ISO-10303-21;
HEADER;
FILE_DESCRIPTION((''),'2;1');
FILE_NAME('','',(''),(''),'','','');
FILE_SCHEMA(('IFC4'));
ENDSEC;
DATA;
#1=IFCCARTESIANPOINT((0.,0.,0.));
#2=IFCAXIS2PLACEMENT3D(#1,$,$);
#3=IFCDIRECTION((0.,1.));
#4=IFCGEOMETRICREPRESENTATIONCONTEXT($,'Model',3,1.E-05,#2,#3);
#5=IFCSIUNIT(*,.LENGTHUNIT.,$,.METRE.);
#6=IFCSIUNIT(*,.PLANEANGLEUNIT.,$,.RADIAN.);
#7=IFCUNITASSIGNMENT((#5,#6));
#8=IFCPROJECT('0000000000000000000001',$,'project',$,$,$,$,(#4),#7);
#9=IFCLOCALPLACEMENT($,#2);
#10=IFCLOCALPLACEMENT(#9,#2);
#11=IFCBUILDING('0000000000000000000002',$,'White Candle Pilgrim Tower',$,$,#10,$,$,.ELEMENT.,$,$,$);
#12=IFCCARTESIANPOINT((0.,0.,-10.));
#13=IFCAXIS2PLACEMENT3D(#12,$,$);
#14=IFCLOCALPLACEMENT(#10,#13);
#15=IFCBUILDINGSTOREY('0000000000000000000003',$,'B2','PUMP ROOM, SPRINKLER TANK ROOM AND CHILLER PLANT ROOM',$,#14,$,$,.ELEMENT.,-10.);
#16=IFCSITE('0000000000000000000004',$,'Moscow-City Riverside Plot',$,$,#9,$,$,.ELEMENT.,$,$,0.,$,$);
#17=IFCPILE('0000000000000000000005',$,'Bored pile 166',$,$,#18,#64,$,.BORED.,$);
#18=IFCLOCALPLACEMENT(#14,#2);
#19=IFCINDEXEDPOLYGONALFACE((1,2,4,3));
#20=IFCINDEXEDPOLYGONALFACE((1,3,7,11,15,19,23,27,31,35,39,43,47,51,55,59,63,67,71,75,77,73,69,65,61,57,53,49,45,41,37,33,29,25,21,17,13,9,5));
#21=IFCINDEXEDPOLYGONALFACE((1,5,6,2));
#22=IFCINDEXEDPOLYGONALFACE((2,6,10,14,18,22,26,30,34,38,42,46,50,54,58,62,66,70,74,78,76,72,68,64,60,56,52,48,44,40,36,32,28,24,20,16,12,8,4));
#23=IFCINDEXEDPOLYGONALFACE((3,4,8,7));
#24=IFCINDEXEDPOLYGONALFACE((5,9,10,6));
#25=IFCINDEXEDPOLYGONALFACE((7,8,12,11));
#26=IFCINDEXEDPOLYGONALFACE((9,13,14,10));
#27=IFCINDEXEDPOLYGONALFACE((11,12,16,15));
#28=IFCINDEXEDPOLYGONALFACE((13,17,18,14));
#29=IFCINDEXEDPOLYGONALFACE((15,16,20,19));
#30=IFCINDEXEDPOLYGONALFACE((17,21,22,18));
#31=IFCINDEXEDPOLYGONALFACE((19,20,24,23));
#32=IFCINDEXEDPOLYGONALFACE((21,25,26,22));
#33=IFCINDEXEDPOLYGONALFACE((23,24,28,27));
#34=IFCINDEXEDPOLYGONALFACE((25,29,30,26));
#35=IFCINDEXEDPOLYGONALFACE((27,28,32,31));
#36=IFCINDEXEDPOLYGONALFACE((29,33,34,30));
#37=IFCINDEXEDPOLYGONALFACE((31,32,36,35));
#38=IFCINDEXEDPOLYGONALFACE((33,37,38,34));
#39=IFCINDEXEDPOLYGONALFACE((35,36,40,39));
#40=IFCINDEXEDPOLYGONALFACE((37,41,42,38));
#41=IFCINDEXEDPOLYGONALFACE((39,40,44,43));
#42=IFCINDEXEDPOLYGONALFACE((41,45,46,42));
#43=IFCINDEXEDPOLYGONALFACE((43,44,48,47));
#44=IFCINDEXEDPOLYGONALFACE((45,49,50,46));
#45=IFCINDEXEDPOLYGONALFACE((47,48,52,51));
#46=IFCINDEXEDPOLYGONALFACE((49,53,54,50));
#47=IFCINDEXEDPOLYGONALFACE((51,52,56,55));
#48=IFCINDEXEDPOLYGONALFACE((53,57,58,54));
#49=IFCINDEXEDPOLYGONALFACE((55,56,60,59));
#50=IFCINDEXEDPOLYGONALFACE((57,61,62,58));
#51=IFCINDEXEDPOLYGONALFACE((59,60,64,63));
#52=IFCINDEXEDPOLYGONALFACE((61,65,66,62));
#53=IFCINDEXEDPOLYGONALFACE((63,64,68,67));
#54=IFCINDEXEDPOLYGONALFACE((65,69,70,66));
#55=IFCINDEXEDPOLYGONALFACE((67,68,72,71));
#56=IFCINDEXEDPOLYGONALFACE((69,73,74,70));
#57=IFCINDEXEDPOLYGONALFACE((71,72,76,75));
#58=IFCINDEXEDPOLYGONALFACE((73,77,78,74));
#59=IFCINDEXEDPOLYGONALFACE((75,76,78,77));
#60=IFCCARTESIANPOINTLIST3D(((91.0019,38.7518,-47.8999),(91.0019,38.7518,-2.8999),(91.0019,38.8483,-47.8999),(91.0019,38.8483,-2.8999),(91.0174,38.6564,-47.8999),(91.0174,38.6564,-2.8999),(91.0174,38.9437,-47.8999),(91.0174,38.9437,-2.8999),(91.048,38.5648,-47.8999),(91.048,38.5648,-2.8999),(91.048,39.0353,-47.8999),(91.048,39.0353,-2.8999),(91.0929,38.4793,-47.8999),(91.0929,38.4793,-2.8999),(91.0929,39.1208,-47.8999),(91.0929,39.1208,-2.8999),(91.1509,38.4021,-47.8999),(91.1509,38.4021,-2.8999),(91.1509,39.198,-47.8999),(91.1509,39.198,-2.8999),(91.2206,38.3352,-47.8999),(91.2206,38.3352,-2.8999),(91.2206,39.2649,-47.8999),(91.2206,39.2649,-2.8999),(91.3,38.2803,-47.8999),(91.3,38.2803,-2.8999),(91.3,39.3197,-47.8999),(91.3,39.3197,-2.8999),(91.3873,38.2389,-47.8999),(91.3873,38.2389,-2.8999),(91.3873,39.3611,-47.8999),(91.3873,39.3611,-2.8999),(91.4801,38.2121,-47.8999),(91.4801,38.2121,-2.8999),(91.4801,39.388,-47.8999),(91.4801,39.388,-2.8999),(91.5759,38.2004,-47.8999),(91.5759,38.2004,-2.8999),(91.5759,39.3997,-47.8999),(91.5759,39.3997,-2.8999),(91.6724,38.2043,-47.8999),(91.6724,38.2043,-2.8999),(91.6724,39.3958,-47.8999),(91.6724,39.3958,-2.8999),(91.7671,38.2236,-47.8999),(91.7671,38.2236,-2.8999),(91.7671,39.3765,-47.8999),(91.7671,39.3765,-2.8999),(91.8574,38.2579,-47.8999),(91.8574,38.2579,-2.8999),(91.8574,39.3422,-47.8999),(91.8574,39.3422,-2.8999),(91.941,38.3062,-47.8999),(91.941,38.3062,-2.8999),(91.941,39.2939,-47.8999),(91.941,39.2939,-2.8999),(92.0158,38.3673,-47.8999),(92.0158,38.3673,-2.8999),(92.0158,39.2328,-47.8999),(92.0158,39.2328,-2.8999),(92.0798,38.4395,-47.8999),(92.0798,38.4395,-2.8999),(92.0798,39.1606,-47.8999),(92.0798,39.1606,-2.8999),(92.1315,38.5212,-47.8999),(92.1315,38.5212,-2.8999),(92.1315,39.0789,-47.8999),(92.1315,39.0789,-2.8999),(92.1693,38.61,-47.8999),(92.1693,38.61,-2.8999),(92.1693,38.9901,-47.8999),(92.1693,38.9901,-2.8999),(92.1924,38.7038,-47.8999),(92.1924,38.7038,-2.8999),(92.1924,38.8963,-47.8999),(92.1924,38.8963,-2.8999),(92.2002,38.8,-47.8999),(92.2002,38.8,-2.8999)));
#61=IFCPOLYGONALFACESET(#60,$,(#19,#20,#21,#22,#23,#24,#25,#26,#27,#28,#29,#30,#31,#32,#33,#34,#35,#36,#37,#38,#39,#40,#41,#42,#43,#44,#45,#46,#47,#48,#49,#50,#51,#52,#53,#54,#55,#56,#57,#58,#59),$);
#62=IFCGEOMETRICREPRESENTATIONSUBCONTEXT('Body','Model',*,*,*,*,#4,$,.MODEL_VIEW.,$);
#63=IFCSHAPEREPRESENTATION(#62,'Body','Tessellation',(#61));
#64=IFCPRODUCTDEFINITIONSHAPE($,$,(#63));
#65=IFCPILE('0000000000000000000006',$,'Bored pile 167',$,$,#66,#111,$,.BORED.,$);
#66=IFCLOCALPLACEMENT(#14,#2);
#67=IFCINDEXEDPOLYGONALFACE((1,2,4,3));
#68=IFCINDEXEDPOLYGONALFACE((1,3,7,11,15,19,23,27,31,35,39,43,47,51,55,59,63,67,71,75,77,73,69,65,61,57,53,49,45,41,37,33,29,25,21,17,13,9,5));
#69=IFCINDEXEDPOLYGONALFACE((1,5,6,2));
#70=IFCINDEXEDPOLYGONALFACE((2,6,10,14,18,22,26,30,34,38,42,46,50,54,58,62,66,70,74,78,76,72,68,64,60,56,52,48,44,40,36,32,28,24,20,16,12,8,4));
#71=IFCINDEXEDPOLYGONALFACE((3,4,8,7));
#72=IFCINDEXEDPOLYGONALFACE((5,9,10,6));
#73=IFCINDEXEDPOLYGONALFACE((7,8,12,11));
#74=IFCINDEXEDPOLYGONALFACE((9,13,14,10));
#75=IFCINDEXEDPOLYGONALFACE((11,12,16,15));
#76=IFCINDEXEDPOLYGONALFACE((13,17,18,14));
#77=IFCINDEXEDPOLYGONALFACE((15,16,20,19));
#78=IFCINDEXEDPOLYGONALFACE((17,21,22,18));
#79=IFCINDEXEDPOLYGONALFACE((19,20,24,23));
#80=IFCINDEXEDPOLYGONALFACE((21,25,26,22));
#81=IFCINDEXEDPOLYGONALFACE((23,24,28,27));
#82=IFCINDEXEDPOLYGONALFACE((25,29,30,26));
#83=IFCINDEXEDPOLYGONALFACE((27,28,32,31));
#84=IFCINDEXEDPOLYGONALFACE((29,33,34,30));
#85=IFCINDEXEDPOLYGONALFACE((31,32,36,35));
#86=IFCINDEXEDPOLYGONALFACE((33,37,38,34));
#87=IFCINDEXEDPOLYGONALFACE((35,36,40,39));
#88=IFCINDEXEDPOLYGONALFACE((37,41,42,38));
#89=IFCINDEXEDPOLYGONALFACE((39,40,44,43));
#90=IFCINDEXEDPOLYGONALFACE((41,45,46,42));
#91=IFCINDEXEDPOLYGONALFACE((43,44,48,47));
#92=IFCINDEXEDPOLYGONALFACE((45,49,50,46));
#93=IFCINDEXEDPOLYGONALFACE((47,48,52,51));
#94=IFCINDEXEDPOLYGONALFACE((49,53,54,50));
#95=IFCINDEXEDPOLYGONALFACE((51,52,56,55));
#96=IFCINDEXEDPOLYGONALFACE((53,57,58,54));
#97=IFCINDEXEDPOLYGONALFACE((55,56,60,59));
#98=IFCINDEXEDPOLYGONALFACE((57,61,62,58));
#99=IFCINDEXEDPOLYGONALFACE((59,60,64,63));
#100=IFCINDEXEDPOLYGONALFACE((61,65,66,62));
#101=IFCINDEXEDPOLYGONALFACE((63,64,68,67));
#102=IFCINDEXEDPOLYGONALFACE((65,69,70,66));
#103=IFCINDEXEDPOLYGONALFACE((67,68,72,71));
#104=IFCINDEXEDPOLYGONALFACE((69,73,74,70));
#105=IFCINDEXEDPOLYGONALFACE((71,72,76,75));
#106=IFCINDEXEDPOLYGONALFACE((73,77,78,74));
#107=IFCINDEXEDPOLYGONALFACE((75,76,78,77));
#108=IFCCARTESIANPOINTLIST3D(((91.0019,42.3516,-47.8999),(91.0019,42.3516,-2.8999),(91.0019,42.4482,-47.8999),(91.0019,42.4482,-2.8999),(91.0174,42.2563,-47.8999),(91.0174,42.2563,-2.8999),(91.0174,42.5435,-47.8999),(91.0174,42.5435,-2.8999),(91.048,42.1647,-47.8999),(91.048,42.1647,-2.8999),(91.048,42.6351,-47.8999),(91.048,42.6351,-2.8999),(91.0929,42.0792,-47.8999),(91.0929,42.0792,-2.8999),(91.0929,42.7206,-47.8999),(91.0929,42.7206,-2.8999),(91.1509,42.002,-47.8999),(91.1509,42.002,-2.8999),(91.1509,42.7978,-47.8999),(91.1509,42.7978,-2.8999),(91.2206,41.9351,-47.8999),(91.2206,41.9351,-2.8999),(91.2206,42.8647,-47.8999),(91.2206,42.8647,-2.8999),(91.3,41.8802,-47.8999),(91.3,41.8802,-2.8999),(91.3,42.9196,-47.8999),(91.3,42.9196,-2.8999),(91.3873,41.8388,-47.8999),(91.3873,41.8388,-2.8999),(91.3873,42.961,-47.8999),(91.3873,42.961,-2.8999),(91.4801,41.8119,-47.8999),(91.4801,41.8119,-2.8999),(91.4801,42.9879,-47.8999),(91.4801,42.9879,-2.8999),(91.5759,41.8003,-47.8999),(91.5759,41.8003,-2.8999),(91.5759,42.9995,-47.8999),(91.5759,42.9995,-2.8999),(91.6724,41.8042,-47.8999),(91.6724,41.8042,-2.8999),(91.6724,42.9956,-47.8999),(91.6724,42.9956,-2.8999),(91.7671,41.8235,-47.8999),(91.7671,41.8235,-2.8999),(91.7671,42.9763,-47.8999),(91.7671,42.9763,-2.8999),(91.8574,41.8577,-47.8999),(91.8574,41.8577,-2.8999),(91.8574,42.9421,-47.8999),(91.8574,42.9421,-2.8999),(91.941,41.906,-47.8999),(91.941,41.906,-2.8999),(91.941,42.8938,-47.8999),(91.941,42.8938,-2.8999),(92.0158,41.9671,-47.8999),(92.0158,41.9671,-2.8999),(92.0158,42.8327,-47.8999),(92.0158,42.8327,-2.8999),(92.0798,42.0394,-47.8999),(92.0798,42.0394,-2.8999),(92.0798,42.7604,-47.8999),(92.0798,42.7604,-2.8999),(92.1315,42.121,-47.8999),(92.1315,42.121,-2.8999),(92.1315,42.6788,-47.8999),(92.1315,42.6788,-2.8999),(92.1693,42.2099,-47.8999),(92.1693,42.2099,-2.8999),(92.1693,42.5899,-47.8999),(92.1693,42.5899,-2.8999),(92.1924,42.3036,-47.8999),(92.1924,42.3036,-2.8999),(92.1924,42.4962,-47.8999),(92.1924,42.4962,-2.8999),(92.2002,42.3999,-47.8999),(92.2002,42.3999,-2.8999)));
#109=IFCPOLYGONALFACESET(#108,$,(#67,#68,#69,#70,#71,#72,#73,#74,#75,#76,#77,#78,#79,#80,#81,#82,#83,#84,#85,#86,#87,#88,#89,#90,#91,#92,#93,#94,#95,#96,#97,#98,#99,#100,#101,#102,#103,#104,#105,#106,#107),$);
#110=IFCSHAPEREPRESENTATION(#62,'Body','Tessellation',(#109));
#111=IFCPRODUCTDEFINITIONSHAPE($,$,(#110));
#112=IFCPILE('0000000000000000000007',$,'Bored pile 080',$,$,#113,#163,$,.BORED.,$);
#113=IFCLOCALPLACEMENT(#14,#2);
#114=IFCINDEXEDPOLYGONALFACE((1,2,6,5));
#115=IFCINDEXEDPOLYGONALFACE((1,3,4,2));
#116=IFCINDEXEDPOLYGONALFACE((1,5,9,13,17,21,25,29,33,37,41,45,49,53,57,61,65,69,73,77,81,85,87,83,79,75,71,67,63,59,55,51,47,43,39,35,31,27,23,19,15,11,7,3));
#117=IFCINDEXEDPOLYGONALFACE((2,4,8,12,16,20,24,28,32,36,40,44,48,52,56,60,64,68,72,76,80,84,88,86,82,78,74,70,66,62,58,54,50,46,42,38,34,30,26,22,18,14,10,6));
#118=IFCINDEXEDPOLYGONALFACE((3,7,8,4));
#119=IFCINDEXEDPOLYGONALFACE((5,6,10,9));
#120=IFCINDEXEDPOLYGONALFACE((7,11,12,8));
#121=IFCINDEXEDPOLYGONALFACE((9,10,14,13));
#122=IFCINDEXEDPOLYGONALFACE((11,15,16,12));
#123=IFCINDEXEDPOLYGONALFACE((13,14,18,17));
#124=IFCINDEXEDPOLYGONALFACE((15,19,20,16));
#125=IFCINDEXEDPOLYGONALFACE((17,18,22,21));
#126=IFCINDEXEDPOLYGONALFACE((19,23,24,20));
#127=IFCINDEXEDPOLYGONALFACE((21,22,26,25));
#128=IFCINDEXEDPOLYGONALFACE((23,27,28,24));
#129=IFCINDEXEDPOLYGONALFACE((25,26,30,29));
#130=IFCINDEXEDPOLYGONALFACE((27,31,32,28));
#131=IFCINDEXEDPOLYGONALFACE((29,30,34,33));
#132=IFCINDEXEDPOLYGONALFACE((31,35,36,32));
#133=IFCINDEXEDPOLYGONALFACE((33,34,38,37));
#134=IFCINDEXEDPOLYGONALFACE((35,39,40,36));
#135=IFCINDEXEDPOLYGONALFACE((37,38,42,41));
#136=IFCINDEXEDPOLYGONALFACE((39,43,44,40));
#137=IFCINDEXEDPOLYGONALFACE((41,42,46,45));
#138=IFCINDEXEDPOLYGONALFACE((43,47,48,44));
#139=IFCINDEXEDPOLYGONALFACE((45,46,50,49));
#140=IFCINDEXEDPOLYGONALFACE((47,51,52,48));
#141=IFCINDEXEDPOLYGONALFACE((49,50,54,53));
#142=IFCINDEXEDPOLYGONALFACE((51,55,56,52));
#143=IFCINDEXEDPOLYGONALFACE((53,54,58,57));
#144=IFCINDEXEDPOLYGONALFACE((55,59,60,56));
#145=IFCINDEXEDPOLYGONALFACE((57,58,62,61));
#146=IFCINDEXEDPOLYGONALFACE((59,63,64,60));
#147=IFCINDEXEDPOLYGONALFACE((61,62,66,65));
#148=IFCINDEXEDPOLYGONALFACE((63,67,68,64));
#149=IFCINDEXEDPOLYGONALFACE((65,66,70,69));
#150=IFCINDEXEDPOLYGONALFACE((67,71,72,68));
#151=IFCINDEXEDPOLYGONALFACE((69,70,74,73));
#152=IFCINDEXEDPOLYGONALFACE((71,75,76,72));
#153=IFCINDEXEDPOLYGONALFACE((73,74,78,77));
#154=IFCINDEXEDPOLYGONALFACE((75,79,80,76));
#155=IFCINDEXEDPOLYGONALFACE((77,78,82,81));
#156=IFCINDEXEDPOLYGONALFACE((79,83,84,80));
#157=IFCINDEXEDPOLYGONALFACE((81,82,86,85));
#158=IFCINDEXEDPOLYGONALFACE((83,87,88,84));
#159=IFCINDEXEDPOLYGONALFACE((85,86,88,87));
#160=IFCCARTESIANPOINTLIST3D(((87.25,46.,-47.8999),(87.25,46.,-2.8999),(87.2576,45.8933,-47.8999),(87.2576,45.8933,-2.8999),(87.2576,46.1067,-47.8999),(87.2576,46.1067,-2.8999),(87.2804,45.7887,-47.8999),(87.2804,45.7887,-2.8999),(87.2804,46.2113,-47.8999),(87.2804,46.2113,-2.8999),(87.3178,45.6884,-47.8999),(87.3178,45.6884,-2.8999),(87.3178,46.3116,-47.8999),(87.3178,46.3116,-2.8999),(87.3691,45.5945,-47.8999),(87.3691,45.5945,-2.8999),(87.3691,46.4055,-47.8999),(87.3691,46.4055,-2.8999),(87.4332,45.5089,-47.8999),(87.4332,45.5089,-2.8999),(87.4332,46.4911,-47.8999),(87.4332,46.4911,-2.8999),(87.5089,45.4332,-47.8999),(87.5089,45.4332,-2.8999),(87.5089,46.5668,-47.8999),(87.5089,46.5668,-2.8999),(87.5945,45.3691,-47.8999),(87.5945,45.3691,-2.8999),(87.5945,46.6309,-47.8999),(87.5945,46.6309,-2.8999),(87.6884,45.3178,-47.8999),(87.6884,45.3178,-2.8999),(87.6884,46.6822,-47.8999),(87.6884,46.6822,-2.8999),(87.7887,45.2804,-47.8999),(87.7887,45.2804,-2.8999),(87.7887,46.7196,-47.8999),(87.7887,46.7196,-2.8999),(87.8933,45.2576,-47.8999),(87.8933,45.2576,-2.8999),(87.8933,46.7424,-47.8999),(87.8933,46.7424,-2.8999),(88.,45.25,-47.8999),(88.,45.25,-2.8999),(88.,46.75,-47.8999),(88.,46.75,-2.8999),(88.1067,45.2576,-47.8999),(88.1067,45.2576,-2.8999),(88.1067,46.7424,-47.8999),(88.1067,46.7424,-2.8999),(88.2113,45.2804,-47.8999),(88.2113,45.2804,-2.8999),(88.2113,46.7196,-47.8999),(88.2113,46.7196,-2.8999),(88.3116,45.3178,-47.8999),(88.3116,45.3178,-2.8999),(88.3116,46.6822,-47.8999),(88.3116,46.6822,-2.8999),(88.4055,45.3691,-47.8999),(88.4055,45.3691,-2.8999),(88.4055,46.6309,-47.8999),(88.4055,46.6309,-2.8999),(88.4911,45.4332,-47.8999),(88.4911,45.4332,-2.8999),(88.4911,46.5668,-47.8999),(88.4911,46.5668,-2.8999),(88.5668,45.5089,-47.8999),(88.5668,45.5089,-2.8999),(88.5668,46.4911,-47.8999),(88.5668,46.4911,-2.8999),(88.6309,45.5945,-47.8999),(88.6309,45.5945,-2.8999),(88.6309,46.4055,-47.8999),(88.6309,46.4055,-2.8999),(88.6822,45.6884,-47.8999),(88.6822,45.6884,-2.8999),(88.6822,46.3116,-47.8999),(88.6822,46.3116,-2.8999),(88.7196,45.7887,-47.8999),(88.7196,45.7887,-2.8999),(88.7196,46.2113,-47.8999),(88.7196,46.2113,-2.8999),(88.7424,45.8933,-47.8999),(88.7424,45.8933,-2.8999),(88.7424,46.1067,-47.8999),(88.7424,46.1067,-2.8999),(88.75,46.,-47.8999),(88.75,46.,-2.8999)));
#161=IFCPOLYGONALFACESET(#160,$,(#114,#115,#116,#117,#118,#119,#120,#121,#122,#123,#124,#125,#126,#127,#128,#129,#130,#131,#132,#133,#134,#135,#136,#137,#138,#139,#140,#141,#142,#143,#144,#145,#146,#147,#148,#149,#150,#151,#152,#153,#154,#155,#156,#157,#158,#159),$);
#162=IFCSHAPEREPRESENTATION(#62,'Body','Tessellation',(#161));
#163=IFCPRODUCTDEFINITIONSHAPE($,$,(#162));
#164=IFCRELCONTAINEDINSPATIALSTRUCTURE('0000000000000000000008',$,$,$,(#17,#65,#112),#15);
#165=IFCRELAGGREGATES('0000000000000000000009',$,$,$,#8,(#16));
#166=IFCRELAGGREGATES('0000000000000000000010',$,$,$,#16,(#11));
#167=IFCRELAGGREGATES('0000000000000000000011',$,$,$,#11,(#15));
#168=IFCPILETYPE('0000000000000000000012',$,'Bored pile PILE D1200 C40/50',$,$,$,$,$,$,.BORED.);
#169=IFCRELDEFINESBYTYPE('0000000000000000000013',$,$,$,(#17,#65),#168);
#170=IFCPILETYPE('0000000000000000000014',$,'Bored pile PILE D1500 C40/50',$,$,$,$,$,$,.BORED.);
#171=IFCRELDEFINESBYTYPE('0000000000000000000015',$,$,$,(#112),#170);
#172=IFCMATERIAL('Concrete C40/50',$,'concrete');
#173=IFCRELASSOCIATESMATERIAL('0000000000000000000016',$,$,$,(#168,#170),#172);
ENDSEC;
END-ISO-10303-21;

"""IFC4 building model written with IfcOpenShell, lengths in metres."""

from ifc_helpers import new_model, si_unit, direction, frame, origin, origin_2d, place, context, subcontext, project, spatial, circle, extrude, material, material_profile, profile_set, type_object, element, save


model = new_model("IFC4")

# Units and contexts
model_context = context("Model", 3, precision=1e-05, world=origin(), true_north=direction((0.0, 1.0)))
body_context = subcontext(model_context, "Body", "Model", "MODEL_VIEW")
ifc_project = project(units=[si_unit("LENGTHUNIT", "METRE"), si_unit("PLANEANGLEUNIT", "RADIAN")], contexts=[model_context])

# Site, building, storey
site_placement = place(None, origin())
site = spatial("IfcSite", under=ifc_project, at=site_placement, Name="Moscow-City Riverside Plot", CompositionType="ELEMENT", RefElevation=0.0)
building_placement = place(site_placement, origin())
building = spatial("IfcBuilding", under=site, at=building_placement, Name="White Candle Pilgrim Tower", CompositionType="ELEMENT")
storey_placement = place(building_placement, frame((0.0, 0.0, -10.0)))
storey = spatial("IfcBuildingStorey", under=building, at=storey_placement, Name="B2", Description="PUMP ROOM, SPRINKLER TANK ROOM AND CHILLER PLANT ROOM", CompositionType="ELEMENT", Elevation=-10.0)

# Piles
ifc_material_1 = material(Name="Concrete C40/50", Category="concrete")
ifc_material_profile_1 = material_profile(ifc_material_1, circle(Radius=0.6001, at=origin_2d()), Name="PILE D1200")
ifc_profile_set_1 = profile_set([ifc_material_profile_1], Name="Concrete C40/50")
pile_type_1 = type_object("IfcPileType", Name="Bored pile PILE D1200 C40/50", PredefinedType="BORED", material=ifc_profile_set_1)
for number, where, z_axis, x_axis, name in (
    (1, (91.6001, 38.8, -2.8999), (0.0, 0.0, -1.0), (1.0, 0.0, 0.0), "Bored pile 166"),
    (2, (91.6001, 42.3999, -2.8999), (0.0, 0.0, -1.0), (1.0, 0.0, 0.0), "Bored pile 167"),
):
    element("IfcPile", number, at=place(storey_placement, frame(where, z_axis=z_axis, x_axis=x_axis)), inside=storey, type_object=pile_type_1, Name=name, PredefinedType="BORED", context=body_context, shape_type="SweptSolid", body=[
        extrude(circle(Radius=0.6001, at=origin_2d()), origin(), (0.0, 0.0, 1.0), 45.0),
    ])
ifc_material_profile_2 = material_profile(ifc_material_1, circle(Radius=0.75, at=origin_2d()), Name="PILE D1500")
ifc_profile_set_2 = profile_set([ifc_material_profile_2], Name="Concrete C40/50")
pile_type_2 = type_object("IfcPileType", Name="Bored pile PILE D1500 C40/50", PredefinedType="BORED", material=ifc_profile_set_2)
pile_placement = place(storey_placement, frame((88.0, 46.0, -2.8999), z_axis=(0.0, 0.0, -1.0), x_axis=(1.0, 0.0, 0.0)))
element("IfcPile", 3, at=pile_placement, inside=storey, type_object=pile_type_2, Name="Bored pile 080", PredefinedType="BORED", context=body_context, shape_type="SweptSolid", body=[
    extrude(circle(Radius=0.75, at=origin_2d()), origin(), (0.0, 0.0, 1.0), 45.0),
])

save(model, "model.ifc")
